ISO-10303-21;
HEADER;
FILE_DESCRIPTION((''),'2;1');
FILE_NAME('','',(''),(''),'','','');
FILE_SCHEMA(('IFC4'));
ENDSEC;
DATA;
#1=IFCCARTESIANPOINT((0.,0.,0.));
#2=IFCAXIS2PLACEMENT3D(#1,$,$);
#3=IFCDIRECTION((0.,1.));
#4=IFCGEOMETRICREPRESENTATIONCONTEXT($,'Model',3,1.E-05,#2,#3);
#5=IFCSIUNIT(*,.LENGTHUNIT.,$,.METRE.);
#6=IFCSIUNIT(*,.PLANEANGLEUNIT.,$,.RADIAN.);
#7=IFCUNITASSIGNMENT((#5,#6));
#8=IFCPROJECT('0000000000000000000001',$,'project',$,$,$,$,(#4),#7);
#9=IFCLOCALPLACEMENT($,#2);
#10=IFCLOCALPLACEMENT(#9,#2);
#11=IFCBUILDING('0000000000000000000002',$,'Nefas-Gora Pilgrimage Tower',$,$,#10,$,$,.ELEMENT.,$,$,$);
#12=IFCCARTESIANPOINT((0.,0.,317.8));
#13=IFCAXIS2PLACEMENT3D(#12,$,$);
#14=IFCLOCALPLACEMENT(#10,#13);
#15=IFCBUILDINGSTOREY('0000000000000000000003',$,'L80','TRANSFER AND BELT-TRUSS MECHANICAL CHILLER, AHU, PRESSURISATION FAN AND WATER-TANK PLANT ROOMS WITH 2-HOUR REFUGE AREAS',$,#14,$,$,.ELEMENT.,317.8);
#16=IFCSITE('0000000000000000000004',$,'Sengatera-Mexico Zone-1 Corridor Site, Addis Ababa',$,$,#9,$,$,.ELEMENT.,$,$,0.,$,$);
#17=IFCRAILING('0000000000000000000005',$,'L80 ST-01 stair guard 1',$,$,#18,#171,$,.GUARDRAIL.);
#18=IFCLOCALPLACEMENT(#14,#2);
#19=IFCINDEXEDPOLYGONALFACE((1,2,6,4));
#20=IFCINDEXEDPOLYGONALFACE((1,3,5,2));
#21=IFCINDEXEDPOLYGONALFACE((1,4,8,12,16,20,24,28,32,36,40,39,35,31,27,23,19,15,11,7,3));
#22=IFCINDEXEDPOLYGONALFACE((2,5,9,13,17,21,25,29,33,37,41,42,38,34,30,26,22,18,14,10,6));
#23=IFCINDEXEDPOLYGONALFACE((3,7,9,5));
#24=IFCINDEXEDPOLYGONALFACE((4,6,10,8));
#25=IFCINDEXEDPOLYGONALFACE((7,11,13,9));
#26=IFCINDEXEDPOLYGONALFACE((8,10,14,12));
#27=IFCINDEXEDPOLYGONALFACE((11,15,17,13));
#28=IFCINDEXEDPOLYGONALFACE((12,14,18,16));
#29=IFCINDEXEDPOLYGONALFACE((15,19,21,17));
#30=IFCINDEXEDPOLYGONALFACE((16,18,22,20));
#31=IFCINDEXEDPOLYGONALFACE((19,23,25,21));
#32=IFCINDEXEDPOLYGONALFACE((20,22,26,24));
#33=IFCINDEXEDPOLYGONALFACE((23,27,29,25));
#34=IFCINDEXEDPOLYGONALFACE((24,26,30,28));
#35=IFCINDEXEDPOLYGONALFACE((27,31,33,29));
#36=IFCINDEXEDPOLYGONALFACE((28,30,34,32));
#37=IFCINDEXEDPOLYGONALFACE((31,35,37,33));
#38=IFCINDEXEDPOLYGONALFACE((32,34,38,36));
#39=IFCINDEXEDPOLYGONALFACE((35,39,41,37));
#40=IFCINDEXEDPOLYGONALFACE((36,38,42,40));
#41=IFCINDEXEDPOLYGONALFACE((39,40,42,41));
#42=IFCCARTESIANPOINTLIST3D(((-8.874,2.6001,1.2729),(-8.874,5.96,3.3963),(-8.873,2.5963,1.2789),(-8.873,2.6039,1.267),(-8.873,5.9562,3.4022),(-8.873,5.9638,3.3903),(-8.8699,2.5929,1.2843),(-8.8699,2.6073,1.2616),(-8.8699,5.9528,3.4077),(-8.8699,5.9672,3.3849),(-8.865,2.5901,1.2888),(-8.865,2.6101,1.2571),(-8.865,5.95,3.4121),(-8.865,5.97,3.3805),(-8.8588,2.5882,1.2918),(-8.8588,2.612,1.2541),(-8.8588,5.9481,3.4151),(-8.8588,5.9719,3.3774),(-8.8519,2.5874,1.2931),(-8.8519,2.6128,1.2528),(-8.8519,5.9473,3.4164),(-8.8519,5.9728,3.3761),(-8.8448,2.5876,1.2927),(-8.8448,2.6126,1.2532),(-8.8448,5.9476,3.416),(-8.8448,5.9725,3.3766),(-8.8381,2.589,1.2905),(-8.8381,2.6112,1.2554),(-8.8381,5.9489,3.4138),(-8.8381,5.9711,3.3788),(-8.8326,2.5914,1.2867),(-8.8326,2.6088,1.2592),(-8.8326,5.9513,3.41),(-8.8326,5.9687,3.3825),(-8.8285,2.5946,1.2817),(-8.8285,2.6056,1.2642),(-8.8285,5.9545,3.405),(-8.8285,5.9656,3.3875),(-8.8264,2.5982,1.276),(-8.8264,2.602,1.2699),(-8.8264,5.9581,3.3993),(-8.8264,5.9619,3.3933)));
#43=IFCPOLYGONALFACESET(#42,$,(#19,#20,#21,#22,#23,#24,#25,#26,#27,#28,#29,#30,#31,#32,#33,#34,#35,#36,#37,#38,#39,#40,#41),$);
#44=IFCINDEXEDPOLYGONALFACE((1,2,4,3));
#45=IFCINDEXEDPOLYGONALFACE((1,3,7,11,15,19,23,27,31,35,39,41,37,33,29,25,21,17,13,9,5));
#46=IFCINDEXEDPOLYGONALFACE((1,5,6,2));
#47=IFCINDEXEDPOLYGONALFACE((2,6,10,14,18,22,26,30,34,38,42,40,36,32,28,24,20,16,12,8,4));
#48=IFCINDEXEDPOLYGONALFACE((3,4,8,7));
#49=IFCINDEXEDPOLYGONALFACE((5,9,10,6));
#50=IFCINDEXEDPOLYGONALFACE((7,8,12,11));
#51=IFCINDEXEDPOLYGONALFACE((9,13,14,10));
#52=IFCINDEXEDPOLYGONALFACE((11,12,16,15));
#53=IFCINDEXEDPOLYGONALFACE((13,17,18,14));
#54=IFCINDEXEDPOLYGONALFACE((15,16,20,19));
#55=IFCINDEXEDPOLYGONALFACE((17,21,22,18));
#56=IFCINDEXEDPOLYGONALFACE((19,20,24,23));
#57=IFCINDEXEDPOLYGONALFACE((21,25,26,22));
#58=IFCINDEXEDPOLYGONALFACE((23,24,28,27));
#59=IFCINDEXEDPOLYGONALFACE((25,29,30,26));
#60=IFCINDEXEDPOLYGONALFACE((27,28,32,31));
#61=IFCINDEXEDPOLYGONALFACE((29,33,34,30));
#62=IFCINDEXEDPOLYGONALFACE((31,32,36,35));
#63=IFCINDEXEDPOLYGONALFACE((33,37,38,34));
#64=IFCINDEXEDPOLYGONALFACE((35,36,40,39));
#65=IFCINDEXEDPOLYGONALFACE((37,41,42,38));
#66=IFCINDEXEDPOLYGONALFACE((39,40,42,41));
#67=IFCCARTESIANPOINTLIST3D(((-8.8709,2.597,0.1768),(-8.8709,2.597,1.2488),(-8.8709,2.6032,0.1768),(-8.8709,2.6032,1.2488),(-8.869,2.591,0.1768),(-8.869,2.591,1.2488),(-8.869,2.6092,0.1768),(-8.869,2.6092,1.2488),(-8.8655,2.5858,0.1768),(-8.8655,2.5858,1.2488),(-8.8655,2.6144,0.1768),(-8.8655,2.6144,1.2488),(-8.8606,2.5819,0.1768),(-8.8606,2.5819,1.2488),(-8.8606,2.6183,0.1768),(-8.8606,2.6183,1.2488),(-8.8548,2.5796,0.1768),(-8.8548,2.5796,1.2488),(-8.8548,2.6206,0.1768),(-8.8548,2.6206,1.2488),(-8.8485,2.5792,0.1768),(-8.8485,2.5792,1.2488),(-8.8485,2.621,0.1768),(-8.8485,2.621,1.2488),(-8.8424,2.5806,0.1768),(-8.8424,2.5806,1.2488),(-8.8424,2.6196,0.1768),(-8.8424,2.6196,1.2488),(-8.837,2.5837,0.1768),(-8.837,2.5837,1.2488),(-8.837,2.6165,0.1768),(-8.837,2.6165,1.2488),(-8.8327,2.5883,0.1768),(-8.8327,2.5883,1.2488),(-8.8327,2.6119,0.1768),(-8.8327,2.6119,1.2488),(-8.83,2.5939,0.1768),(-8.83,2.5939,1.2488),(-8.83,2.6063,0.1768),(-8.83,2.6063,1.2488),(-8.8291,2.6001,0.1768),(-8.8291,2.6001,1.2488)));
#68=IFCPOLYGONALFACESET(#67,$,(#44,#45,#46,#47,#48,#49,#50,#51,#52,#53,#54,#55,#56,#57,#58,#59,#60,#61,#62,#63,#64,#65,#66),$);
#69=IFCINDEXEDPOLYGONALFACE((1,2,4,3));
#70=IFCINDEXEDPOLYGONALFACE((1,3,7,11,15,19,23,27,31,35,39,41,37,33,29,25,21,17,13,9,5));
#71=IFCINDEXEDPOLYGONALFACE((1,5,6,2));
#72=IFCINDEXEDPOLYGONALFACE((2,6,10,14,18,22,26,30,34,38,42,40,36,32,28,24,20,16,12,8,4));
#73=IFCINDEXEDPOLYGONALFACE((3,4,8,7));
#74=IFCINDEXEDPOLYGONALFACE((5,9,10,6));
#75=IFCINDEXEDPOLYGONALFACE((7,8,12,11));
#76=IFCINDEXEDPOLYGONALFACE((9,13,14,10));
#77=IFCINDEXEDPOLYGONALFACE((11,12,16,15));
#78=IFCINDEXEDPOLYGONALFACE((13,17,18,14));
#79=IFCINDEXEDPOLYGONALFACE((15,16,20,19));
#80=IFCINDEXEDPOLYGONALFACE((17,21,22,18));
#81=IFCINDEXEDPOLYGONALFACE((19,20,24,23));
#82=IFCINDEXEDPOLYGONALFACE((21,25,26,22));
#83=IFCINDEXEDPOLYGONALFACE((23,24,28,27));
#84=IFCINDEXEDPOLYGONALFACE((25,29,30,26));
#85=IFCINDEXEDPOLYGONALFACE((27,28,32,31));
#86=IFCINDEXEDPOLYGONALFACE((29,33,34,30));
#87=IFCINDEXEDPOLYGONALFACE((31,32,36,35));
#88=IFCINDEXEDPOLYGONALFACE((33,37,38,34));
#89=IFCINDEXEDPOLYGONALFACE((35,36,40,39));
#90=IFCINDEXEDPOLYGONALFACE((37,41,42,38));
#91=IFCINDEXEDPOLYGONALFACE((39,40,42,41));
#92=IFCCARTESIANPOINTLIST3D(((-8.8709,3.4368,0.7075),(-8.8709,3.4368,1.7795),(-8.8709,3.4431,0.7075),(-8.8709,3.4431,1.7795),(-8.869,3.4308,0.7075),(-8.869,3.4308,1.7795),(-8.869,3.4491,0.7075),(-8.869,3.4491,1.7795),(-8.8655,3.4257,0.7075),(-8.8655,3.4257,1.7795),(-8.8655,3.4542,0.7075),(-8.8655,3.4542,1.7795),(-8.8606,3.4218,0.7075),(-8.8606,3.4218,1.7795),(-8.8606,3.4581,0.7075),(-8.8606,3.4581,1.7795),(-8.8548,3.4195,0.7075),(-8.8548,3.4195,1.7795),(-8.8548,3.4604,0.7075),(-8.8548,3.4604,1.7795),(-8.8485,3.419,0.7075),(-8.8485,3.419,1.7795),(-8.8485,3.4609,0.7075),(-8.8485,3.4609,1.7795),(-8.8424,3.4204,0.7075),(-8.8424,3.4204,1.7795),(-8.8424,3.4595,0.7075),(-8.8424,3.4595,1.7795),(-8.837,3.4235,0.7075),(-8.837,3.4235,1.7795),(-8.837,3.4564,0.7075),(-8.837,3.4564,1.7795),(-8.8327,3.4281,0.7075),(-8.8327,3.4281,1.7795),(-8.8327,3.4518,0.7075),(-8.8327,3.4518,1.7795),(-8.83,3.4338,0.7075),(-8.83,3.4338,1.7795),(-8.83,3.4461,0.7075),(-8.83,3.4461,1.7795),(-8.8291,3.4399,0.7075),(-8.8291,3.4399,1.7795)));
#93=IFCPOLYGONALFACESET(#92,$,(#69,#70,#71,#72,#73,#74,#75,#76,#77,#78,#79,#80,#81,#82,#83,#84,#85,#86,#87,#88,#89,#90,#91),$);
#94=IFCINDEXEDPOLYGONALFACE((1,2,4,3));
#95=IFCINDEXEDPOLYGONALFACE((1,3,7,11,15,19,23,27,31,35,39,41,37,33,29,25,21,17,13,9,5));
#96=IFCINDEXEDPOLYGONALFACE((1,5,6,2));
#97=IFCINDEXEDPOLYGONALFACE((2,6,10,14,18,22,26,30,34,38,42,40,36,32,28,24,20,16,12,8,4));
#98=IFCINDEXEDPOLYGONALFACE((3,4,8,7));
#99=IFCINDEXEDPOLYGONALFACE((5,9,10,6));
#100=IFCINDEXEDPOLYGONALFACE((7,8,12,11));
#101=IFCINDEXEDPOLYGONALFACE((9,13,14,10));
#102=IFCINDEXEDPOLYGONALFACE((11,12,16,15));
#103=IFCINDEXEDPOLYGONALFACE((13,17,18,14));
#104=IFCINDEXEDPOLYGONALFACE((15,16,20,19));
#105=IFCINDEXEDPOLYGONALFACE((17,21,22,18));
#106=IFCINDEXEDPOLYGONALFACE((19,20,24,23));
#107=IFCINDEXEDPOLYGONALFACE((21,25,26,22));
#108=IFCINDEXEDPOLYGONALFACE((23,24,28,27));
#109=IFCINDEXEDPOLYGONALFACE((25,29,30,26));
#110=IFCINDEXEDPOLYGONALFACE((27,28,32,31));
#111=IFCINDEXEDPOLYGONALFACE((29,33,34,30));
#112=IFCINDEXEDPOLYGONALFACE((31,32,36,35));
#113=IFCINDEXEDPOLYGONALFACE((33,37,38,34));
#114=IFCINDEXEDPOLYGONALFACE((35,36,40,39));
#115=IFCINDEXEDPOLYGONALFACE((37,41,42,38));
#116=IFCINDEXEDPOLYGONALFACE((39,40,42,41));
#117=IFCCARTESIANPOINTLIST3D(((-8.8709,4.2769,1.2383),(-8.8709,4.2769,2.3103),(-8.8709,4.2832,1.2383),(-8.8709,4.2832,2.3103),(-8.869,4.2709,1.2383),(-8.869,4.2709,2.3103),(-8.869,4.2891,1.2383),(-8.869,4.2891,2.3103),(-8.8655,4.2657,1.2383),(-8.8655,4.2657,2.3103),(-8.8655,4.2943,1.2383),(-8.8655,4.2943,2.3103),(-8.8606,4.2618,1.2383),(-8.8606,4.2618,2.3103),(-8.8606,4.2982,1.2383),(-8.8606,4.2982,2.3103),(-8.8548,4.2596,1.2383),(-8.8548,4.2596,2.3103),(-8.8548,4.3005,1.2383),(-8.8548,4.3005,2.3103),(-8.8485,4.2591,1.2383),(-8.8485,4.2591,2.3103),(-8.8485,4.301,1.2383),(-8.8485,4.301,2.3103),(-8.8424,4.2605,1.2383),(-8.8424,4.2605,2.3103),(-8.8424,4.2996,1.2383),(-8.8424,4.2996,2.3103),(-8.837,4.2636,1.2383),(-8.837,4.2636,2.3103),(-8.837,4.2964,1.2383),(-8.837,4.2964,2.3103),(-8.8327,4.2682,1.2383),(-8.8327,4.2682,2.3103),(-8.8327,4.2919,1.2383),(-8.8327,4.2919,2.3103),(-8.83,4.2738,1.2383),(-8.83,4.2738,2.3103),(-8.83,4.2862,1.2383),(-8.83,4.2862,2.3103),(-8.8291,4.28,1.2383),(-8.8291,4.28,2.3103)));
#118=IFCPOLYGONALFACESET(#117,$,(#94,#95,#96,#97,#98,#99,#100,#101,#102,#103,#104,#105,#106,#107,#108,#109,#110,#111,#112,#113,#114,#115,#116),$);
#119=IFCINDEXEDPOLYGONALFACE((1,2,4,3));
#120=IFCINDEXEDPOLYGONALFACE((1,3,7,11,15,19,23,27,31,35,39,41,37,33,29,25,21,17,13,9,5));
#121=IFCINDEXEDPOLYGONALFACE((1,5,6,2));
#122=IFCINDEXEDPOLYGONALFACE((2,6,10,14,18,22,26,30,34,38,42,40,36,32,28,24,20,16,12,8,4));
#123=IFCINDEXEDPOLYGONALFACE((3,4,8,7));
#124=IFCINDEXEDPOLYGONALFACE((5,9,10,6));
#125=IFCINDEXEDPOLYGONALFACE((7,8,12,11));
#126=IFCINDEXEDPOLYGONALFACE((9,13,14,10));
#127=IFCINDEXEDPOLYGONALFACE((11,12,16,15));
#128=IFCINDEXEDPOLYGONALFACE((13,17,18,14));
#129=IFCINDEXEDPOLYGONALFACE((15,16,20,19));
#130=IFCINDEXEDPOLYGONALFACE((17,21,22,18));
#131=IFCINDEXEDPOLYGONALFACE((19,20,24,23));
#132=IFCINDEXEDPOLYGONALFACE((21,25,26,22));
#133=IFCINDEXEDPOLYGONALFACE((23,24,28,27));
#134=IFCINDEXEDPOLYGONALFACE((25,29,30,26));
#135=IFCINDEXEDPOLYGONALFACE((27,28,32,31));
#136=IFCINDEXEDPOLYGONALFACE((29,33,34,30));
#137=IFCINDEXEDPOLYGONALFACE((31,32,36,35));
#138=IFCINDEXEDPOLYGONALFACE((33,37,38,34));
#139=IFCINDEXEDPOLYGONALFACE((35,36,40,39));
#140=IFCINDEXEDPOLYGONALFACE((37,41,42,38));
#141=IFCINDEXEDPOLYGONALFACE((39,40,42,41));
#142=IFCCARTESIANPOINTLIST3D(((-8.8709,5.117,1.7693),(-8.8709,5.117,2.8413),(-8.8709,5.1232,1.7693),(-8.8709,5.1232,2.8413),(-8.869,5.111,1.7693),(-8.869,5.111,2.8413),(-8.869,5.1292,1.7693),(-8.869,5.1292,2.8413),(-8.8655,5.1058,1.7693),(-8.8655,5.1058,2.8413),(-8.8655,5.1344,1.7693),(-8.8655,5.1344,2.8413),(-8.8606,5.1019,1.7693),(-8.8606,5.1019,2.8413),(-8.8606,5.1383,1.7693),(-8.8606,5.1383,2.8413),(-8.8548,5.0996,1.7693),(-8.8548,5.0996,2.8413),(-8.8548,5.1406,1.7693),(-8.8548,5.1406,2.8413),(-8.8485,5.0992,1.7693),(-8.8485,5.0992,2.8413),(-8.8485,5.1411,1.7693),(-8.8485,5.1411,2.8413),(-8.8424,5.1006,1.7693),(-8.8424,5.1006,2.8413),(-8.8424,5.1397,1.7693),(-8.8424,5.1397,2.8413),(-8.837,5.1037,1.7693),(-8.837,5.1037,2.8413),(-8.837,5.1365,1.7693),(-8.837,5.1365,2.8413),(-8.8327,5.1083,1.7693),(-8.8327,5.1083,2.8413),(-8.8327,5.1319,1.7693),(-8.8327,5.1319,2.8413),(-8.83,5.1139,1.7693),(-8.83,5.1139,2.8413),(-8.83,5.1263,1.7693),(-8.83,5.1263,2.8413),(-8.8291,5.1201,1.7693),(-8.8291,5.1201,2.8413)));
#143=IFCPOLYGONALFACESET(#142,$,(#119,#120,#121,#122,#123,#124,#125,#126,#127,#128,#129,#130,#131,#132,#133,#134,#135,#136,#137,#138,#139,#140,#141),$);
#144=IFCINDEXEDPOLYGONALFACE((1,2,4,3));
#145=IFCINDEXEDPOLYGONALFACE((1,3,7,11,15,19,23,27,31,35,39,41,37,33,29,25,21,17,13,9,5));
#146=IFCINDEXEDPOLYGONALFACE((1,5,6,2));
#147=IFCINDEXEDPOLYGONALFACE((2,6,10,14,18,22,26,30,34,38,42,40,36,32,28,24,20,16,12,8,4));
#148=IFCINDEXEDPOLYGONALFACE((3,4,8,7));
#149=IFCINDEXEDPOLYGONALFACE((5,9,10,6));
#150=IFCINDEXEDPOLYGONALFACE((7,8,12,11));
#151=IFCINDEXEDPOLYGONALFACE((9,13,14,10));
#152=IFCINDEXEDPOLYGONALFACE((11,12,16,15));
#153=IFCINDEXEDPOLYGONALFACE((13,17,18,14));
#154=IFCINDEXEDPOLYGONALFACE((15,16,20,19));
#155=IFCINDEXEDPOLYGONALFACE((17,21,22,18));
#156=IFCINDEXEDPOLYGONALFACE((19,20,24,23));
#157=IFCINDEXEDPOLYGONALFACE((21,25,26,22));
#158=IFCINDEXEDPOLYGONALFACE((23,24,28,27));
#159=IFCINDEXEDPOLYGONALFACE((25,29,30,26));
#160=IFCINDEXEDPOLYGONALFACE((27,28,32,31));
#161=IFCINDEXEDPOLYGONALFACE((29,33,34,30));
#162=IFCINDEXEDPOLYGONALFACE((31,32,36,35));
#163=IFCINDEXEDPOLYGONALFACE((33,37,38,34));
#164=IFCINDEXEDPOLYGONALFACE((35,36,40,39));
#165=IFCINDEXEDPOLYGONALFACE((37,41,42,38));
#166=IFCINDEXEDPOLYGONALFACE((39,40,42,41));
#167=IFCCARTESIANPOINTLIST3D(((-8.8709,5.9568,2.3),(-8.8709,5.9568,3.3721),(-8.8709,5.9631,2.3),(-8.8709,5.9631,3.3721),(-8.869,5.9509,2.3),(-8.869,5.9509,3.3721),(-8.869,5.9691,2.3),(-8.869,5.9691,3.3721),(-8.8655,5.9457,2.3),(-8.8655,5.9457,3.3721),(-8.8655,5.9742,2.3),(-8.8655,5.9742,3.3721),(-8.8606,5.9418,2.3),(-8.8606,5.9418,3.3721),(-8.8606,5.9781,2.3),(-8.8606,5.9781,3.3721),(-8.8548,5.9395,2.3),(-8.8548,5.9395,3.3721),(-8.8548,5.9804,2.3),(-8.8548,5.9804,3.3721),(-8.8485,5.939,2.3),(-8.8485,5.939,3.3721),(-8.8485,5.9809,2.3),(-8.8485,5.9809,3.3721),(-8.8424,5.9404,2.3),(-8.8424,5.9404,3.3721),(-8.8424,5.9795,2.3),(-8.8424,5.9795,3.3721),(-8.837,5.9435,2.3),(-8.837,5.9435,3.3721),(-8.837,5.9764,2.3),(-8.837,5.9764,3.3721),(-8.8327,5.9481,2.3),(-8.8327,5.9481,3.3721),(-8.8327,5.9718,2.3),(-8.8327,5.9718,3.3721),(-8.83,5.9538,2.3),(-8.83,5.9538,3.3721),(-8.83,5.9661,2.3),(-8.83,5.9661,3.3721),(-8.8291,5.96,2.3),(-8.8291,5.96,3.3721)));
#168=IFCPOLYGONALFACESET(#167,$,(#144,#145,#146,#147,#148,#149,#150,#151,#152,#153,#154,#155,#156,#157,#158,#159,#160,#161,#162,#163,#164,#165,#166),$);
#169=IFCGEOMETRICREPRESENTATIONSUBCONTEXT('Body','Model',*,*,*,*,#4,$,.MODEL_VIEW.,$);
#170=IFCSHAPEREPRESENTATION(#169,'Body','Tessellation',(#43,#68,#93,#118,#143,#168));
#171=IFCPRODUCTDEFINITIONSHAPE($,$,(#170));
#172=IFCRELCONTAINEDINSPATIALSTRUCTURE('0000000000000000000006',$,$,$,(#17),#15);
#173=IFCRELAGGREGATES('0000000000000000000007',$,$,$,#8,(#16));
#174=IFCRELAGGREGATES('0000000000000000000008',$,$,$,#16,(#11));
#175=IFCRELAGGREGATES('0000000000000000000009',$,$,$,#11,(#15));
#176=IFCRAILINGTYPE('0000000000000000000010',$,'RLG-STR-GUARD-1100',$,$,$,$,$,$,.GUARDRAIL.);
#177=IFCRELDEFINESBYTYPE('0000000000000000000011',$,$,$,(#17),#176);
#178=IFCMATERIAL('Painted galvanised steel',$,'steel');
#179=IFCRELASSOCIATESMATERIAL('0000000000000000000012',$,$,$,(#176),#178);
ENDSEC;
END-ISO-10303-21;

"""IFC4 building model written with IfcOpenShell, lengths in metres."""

from ifc_helpers import new_model, si_unit, direction, frame, origin, origin_2d, place, context, subcontext, project, spatial, circle, extrude, material, type_object, element, save


model = new_model("IFC4")

# Units and contexts
model_context = context("Model", 3, precision=1e-05, world=origin(), true_north=direction((0.0, 1.0)))
body_context = subcontext(model_context, "Body", "Model", "MODEL_VIEW")
ifc_project = project(units=[si_unit("LENGTHUNIT", "METRE"), si_unit("PLANEANGLEUNIT", "RADIAN")], contexts=[model_context])

# Site, building, storey
site_placement = place(None, origin())
site = spatial("IfcSite", under=ifc_project, at=site_placement, Name="Sengatera-Mexico Zone-1 Corridor Site, Addis Ababa", CompositionType="ELEMENT", RefElevation=0.0)
building_placement = place(site_placement, origin())
building = spatial("IfcBuilding", under=site, at=building_placement, Name="Nefas-Gora Pilgrimage Tower", CompositionType="ELEMENT")
storey_placement = place(building_placement, frame((0.0, 0.0, 317.8)))
storey = spatial("IfcBuildingStorey", under=building, at=storey_placement, Name="L80", Description="TRANSFER AND BELT-TRUSS MECHANICAL CHILLER, AHU, PRESSURISATION FAN AND WATER-TANK PLANT ROOMS WITH 2-HOUR REFUGE AREAS", CompositionType="ELEMENT", Elevation=317.8)

# Railing
ifc_material_1 = material(Name="Painted galvanised steel", Category="steel")
railing_type_1 = type_object("IfcRailingType", Name="RLG-STR-GUARD-1100", PredefinedType="GUARDRAIL", material=ifc_material_1)
railing_1_placement = place(storey_placement, frame((-8.8501, 2.6001, 0.1768)))
element("IfcRailing", 1, at=railing_1_placement, inside=storey, type_object=railing_type_1, Name="L80 ST-01 stair guard 1", PredefinedType="GUARDRAIL", context=body_context, shape_type="SweptSolid", body=[
    extrude(circle(Radius=0.0239, at=origin_2d()), frame((0.0, 0.0, 1.0962), z_axis=(0.0, 0.845344, 0.534222), x_axis=(-1.0, 0.0, 0.0)), (0.0, 0.0, 1.0), 3.9746),
    extrude(circle(Radius=0.021, at=origin_2d()), origin(), (0.0, 0.0, 1.0), 1.072),
    extrude(circle(Radius=0.021, at=origin_2d()), frame((0.0, 0.8398, 0.5308)), (0.0, 0.0, 1.0), 1.072),
    extrude(circle(Radius=0.021, at=origin_2d()), frame((0.0, 1.6799, 1.0615)), (0.0, 0.0, 1.0), 1.072),
    extrude(circle(Radius=0.021, at=origin_2d()), frame((0.0, 2.52, 1.5925)), (0.0, 0.0, 1.0), 1.072),
    extrude(circle(Radius=0.021, at=origin_2d()), frame((0.0, 3.3599, 2.1233)), (0.0, 0.0, 1.0), 1.072),
])

save(model, "model.ifc")
